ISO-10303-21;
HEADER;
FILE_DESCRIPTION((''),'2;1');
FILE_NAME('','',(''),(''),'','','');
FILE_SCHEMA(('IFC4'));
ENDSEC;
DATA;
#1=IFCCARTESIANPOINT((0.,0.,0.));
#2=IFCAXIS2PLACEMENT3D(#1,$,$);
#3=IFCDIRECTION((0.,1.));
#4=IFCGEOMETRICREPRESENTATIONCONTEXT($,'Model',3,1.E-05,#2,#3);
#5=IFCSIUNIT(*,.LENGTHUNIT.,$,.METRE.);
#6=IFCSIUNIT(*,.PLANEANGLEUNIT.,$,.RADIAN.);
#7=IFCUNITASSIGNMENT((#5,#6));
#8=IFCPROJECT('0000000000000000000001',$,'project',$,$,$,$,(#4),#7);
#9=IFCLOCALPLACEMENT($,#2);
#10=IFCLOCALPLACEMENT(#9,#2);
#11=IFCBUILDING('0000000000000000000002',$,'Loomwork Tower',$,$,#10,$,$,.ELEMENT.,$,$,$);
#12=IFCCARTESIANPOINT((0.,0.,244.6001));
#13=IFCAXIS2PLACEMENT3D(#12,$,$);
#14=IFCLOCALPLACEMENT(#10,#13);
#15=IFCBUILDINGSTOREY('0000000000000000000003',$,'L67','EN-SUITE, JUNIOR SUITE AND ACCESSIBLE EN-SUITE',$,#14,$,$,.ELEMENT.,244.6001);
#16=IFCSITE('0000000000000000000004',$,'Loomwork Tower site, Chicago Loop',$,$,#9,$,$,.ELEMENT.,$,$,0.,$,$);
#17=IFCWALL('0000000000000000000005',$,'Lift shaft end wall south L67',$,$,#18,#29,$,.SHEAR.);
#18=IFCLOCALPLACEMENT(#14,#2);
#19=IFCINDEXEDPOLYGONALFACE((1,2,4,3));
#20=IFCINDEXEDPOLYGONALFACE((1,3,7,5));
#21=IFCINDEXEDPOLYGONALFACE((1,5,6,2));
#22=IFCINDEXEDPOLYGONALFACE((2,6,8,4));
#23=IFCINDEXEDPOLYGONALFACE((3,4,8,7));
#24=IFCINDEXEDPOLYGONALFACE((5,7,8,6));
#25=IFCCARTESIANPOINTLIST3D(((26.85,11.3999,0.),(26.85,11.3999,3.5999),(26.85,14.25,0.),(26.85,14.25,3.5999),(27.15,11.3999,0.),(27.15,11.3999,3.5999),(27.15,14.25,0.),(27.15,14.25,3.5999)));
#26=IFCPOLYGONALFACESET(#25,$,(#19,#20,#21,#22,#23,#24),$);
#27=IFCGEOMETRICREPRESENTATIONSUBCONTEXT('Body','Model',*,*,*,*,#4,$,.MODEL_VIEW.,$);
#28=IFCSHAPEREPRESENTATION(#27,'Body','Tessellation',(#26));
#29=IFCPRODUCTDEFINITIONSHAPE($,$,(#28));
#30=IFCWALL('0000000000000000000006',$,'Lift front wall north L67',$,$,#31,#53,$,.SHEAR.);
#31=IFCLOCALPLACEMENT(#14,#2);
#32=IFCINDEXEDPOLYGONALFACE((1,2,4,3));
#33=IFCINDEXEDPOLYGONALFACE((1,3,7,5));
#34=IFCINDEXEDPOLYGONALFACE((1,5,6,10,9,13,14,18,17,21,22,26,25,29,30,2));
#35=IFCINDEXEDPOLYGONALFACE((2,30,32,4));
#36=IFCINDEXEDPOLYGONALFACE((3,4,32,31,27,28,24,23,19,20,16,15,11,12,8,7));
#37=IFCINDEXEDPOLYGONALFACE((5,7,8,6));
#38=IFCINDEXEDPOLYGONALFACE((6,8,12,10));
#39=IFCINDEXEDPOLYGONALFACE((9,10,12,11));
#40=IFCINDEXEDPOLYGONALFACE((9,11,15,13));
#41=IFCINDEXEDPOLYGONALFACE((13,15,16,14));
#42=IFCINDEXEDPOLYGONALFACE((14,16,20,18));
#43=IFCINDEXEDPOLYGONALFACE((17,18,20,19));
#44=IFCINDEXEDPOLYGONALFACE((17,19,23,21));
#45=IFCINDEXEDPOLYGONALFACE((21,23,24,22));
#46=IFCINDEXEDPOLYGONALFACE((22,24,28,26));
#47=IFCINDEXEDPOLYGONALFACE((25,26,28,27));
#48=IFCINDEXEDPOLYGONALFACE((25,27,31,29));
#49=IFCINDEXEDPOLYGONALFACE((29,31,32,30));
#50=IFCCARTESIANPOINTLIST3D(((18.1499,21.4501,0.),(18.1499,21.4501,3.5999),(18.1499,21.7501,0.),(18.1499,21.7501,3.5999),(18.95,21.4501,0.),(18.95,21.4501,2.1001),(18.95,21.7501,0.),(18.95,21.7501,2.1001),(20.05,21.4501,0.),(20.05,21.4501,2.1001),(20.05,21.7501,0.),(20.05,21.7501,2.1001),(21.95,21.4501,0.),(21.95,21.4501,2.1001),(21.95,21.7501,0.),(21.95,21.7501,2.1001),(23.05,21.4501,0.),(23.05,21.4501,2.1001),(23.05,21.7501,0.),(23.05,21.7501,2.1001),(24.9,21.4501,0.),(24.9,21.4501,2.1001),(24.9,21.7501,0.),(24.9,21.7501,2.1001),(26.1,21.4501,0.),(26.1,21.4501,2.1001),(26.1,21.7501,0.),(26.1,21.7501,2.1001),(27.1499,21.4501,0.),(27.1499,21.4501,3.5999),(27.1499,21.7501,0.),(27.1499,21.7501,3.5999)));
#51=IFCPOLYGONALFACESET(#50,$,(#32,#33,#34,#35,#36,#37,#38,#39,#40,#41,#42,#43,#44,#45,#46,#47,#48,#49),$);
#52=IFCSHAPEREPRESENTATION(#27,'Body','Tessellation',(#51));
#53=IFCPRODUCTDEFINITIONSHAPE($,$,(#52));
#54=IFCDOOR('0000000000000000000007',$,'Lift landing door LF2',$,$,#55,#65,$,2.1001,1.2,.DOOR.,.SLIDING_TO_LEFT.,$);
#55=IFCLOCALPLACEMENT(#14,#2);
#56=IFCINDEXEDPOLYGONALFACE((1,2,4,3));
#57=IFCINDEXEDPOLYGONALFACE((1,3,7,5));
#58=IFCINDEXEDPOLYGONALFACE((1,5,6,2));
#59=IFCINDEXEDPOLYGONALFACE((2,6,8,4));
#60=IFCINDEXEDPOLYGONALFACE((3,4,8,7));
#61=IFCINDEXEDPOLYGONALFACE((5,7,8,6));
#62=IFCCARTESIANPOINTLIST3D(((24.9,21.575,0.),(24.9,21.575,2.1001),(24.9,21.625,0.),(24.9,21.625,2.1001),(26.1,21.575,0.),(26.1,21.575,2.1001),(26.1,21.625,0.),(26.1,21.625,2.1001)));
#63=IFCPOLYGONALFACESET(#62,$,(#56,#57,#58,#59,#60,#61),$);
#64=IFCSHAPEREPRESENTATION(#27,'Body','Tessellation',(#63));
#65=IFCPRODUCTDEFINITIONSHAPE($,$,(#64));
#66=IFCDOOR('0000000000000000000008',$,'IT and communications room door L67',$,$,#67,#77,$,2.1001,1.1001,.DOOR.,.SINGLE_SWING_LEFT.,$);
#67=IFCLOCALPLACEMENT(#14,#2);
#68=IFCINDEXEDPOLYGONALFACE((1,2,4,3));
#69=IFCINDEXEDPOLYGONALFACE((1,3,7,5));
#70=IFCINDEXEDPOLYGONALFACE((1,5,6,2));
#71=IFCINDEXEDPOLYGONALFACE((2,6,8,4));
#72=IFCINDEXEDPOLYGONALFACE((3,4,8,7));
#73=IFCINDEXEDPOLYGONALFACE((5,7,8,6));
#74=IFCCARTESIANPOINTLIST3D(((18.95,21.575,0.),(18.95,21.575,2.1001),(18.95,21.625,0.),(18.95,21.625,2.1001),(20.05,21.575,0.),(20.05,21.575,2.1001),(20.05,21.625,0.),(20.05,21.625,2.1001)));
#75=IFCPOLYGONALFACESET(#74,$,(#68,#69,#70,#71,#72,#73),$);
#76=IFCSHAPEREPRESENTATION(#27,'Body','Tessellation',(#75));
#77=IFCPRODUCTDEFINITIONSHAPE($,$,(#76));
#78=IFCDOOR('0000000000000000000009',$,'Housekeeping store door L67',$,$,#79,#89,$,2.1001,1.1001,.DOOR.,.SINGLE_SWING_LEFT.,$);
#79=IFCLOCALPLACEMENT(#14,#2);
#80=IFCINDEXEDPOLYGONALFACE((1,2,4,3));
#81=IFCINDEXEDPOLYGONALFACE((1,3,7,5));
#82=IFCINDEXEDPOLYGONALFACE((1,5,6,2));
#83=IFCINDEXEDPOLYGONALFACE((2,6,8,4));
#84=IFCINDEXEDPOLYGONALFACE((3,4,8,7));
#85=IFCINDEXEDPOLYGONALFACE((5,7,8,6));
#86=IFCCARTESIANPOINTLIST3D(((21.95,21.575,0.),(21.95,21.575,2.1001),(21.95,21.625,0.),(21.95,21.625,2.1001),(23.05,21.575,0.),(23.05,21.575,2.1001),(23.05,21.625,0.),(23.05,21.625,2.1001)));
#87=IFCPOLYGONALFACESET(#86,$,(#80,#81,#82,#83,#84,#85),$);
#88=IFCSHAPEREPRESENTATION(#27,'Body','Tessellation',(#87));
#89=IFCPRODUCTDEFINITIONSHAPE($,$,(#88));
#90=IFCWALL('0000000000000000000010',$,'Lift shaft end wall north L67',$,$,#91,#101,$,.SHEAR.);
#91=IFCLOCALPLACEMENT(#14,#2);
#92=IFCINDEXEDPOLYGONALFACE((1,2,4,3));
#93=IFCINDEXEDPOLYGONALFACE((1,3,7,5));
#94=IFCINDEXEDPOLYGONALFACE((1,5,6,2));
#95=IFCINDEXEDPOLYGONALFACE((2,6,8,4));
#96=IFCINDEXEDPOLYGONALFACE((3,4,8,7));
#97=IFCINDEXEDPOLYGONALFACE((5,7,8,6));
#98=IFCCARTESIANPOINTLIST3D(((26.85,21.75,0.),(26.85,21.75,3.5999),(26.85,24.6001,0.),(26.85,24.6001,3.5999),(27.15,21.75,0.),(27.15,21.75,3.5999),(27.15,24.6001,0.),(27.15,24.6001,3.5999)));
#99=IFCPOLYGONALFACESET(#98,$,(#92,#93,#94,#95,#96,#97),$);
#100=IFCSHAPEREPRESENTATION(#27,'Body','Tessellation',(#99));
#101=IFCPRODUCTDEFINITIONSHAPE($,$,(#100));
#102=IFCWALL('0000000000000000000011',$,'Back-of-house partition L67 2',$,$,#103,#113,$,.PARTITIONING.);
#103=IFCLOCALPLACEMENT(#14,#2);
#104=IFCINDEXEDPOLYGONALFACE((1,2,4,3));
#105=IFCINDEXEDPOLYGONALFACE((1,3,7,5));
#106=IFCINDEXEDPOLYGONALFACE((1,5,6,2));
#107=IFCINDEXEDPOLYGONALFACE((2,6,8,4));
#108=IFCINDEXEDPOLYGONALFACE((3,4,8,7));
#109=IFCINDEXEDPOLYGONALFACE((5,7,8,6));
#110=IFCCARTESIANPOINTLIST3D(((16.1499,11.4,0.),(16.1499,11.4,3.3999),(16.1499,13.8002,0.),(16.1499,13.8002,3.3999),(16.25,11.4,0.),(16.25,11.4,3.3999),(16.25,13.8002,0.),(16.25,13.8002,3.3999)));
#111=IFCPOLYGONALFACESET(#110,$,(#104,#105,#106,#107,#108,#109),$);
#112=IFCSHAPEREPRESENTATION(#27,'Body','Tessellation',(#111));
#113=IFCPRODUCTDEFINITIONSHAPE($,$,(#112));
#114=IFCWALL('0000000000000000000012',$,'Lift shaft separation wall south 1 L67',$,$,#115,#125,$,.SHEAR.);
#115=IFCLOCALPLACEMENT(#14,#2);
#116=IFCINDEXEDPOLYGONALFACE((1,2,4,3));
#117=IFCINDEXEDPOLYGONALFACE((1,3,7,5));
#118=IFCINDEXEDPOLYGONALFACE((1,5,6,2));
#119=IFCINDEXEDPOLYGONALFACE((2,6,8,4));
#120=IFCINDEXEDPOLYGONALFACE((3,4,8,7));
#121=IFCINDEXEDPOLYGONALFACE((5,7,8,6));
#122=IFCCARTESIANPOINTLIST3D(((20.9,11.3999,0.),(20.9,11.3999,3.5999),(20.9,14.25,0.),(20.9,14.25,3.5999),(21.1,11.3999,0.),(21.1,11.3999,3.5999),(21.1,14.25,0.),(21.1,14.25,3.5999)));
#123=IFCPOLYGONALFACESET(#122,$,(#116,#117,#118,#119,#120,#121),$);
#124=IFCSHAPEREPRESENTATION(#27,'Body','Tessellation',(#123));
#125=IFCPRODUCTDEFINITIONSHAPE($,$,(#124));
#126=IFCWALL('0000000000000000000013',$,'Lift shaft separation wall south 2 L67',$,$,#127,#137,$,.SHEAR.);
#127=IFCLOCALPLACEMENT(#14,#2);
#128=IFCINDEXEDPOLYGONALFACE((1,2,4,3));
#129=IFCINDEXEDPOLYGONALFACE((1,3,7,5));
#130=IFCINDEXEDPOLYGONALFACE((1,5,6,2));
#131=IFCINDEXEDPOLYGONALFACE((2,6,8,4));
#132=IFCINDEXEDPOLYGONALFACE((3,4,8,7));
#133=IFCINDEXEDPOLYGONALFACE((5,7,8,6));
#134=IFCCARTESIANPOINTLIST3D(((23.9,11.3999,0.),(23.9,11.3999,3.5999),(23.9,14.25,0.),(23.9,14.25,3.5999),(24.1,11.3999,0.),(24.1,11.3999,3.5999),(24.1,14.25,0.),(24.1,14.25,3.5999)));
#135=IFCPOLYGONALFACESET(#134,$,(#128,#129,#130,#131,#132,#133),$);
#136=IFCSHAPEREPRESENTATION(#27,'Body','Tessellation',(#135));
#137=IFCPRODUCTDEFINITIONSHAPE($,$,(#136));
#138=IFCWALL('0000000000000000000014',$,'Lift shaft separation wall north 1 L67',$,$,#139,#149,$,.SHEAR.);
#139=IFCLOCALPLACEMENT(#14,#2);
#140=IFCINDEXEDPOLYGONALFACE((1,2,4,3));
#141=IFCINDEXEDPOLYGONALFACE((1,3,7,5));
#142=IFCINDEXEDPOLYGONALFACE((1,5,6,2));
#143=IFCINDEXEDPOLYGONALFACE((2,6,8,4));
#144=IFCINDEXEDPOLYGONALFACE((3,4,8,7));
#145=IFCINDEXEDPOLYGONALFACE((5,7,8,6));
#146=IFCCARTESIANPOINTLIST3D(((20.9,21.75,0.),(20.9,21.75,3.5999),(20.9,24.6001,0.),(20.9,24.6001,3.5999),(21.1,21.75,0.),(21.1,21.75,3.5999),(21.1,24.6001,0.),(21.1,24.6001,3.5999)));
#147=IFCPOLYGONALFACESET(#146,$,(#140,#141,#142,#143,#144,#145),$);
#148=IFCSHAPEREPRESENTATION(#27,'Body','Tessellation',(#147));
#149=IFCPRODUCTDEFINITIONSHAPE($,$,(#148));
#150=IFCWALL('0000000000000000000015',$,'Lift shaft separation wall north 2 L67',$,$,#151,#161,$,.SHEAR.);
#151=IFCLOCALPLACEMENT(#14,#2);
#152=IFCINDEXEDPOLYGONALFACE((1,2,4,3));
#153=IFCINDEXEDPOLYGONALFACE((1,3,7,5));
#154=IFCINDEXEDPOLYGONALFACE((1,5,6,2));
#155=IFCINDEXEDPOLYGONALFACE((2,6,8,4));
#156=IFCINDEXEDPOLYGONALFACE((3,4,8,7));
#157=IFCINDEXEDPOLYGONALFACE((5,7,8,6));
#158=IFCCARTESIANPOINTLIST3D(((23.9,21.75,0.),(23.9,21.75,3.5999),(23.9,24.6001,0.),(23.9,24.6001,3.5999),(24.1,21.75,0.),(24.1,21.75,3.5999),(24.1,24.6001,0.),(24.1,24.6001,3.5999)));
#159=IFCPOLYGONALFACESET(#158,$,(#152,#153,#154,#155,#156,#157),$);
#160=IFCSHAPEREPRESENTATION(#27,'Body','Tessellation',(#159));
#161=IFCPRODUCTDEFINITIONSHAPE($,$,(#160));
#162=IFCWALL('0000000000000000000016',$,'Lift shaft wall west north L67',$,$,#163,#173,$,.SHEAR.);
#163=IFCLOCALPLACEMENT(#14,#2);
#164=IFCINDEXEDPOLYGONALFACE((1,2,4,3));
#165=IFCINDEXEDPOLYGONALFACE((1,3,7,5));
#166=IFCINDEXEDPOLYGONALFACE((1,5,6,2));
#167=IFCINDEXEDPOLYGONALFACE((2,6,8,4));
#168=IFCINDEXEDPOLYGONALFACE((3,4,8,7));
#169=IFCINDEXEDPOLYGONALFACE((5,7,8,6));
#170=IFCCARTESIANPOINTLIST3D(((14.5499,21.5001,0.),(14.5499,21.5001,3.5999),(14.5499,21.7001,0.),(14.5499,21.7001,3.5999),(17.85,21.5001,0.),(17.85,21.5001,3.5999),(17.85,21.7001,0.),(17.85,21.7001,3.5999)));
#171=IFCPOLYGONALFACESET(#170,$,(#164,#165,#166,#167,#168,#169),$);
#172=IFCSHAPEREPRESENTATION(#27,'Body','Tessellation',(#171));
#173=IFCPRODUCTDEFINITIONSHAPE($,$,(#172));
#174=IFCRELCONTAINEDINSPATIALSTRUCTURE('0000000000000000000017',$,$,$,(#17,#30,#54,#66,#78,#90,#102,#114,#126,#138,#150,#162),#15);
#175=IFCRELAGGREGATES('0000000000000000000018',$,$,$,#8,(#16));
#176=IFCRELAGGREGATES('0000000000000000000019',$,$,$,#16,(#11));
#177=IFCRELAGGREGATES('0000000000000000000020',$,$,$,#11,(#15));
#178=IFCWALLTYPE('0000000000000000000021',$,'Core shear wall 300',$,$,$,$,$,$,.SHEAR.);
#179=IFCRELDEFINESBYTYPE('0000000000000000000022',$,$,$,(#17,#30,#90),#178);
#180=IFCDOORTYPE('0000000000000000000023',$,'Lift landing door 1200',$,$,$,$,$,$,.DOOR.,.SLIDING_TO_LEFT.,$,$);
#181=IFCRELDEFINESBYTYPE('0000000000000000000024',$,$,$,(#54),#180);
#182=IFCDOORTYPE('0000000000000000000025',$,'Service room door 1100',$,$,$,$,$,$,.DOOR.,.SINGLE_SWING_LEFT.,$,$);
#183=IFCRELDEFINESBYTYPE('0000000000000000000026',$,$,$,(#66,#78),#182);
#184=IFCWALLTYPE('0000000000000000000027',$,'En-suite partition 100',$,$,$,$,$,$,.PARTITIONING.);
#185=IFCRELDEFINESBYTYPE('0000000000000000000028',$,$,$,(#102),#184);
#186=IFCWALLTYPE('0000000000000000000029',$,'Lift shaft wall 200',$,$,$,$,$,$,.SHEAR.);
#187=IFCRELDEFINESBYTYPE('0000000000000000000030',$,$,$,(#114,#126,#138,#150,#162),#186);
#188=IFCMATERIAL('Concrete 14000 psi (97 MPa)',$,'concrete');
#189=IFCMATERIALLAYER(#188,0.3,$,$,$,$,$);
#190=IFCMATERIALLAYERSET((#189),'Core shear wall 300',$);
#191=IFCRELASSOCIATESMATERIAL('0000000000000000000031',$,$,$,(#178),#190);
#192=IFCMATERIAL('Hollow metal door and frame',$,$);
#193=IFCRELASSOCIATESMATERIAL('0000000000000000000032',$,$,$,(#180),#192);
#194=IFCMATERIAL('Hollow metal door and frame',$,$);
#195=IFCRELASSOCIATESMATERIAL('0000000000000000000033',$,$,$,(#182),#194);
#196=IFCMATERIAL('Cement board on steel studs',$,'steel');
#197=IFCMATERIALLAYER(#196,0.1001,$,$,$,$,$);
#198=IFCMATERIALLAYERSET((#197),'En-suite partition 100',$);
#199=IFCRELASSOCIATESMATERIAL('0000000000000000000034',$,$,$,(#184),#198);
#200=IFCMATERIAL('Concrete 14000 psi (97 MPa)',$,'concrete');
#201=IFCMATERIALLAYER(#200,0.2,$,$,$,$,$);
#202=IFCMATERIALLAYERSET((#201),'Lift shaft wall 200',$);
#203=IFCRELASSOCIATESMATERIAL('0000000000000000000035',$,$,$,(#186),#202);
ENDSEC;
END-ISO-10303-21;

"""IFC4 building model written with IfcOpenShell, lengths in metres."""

from ifc_helpers import new_model, si_unit, direction, frame, frame_2d, origin, place, context, subcontext, project, spatial, rectangle, extrude, material, layer, layer_set, type_object, element, fill, save


model = new_model("IFC4")

# Units and contexts
model_context = context("Model", 3, precision=1e-05, world=origin(), true_north=direction((0.0, 1.0)))
body_context = subcontext(model_context, "Body", "Model", "MODEL_VIEW")
ifc_project = project(units=[si_unit("LENGTHUNIT", "METRE"), si_unit("PLANEANGLEUNIT", "RADIAN")], contexts=[model_context])

# Site, building, storey
site_placement = place(None, origin())
site = spatial("IfcSite", under=ifc_project, at=site_placement, Name="Loomwork Tower site, Chicago Loop", CompositionType="ELEMENT", RefElevation=0.0)
building_placement = place(site_placement, origin())
building = spatial("IfcBuilding", under=site, at=building_placement, Name="Loomwork Tower", CompositionType="ELEMENT")
storey_placement = place(building_placement, frame((0.0, 0.0, 244.6001)))
storey = spatial("IfcBuildingStorey", under=building, at=storey_placement, Name="L67", Description="EN-SUITE, JUNIOR SUITE AND ACCESSIBLE EN-SUITE", CompositionType="ELEMENT", Elevation=244.6001)

# Shared definitions
ifc_material_1 = material(Name="Concrete 14000 psi (97 MPa)", Category="concrete")
ifc_layer_1 = layer(ifc_material_1, 0.3)
ifc_layer_set_1 = layer_set([ifc_layer_1], Name="Core shear wall 300")
wall_type_1 = type_object("IfcWallType", Name="Core shear wall 300", PredefinedType="SHEAR", material=ifc_layer_set_1)
ifc_material_2 = material(Name="Hollow metal door and frame")
door_type_1 = type_object("IfcDoorType", Name="Lift landing door 1200", OperationType="SLIDING_TO_LEFT", PredefinedType="DOOR", material=ifc_material_2)
ifc_material_3 = material(Name="Hollow metal door and frame")
door_type_2 = type_object("IfcDoorType", Name="Service room door 1100", OperationType="SINGLE_SWING_LEFT", PredefinedType="DOOR", material=ifc_material_3)

# Wall
wall_1_placement = place(storey_placement, frame((27.0, 11.3999, 0.0), z_axis=(0.0, 0.0, 1.0), x_axis=(0.0, 1.0, 0.0)))
element("IfcWall", 1, at=wall_1_placement, inside=storey, type_object=wall_type_1, Name="Lift shaft end wall south L67", PredefinedType="SHEAR", context=body_context, shape_type="SweptSolid", body=[
    extrude(rectangle(XDim=2.8501, YDim=0.3, at=frame_2d((1.425, 0.0))), origin(), (0.0, 0.0, 1.0), 3.5999),
])

# Wall, openings, doors
wall_2_placement = place(storey_placement, frame((18.1499, 21.6001, 0.0), z_axis=(0.0, 0.0, 1.0), x_axis=(1.0, 0.0, 0.0)))
wall_2 = element("IfcWall", 2, at=wall_2_placement, inside=storey, type_object=wall_type_1, Name="Lift front wall north L67", PredefinedType="SHEAR", context=body_context, shape_type="SweptSolid", body=[
    extrude(rectangle(XDim=9.0, YDim=0.3, at=frame_2d((4.5, 0.0))), origin(), (0.0, 0.0, 1.0), 3.5999),
])
opening_1_placement = place(wall_2_placement, frame((6.75, 0.0, 0.0)))
opening_1 = element("IfcOpeningElement", 3, at=opening_1_placement, cuts=wall_2, PredefinedType="OPENING", context=body_context, shape_type="SweptSolid", body=[
    extrude(rectangle(XDim=1.2, YDim=2.1001, at=frame_2d((0.6001, 1.05))), frame((0.0, 0.1599, 0.0), z_axis=(0.0, -1.0, 0.0), x_axis=(1.0, 0.0, 0.0)), (0.0, 0.0, 1.0), 0.3201),
])
opening_2_placement = place(wall_2_placement, frame((0.8, 0.0, 0.0)))
opening_2 = element("IfcOpeningElement", 4, at=opening_2_placement, cuts=wall_2, PredefinedType="OPENING", context=body_context, shape_type="SweptSolid", body=[
    extrude(rectangle(XDim=1.1001, YDim=2.1001, at=frame_2d((0.55, 1.05))), frame((0.0, 0.1599, 0.0), z_axis=(0.0, -1.0, 0.0), x_axis=(1.0, 0.0, 0.0)), (0.0, 0.0, 1.0), 0.3201),
])
opening_3_placement = place(wall_2_placement, frame((3.8, 0.0, 0.0)))
opening_3 = element("IfcOpeningElement", 5, at=opening_3_placement, cuts=wall_2, PredefinedType="OPENING", context=body_context, shape_type="SweptSolid", body=[
    extrude(rectangle(XDim=1.1001, YDim=2.1001, at=frame_2d((0.55, 1.05))), frame((0.0, 0.1599, 0.0), z_axis=(0.0, -1.0, 0.0), x_axis=(1.0, 0.0, 0.0)), (0.0, 0.0, 1.0), 0.3201),
])
door_1_placement = place(opening_1_placement, origin())
door_1 = element("IfcDoor", 6, at=door_1_placement, inside=storey, type_object=door_type_1, Name="Lift landing door LF2", OperationType="SLIDING_TO_LEFT", OverallHeight=2.1001, OverallWidth=1.2, PredefinedType="DOOR", context=body_context, shape_type="SweptSolid", body=[
    extrude(rectangle(XDim=1.2, YDim=2.1001, at=frame_2d((0.6001, 1.05))), frame((0.0, 0.0249, 0.0), z_axis=(0.0, -1.0, 0.0), x_axis=(1.0, 0.0, 0.0)), (0.0, 0.0, 1.0), 0.05),
])
fill(opening_1, door_1)
door_2_placement = place(opening_2_placement, origin())
door_2 = element("IfcDoor", 7, at=door_2_placement, inside=storey, type_object=door_type_2, Name="IT and communications room door L67", OperationType="SINGLE_SWING_LEFT", OverallHeight=2.1001, OverallWidth=1.1001, PredefinedType="DOOR", context=body_context, shape_type="SweptSolid", body=[
    extrude(rectangle(XDim=1.1001, YDim=2.1001, at=frame_2d((0.55, 1.05))), frame((0.0, 0.0249, 0.0), z_axis=(0.0, -1.0, 0.0), x_axis=(1.0, 0.0, 0.0)), (0.0, 0.0, 1.0), 0.05),
])
fill(opening_2, door_2)
door_3_placement = place(opening_3_placement, origin())
door_3 = element("IfcDoor", 8, at=door_3_placement, inside=storey, type_object=door_type_2, Name="Housekeeping store door L67", OperationType="SINGLE_SWING_LEFT", OverallHeight=2.1001, OverallWidth=1.1001, PredefinedType="DOOR", context=body_context, shape_type="SweptSolid", body=[
    extrude(rectangle(XDim=1.1001, YDim=2.1001, at=frame_2d((0.55, 1.05))), frame((0.0, 0.0249, 0.0), z_axis=(0.0, -1.0, 0.0), x_axis=(1.0, 0.0, 0.0)), (0.0, 0.0, 1.0), 0.05),
])
fill(opening_3, door_3)

# Walls
wall_3_placement = place(storey_placement, frame((27.0, 21.75, 0.0), z_axis=(0.0, 0.0, 1.0), x_axis=(0.0, 1.0, 0.0)))
element("IfcWall", 9, at=wall_3_placement, inside=storey, type_object=wall_type_1, Name="Lift shaft end wall north L67", PredefinedType="SHEAR", context=body_context, shape_type="SweptSolid", body=[
    extrude(rectangle(XDim=2.8501, YDim=0.3, at=frame_2d((1.425, 0.0))), origin(), (0.0, 0.0, 1.0), 3.5999),
])
ifc_material_4 = material(Name="Cement board on steel studs", Category="steel")
ifc_layer_2 = layer(ifc_material_4, 0.1001)
ifc_layer_set_2 = layer_set([ifc_layer_2], Name="En-suite partition 100")
wall_type_2 = type_object("IfcWallType", Name="En-suite partition 100", PredefinedType="PARTITIONING", material=ifc_layer_set_2)
wall_4_placement = place(storey_placement, frame((16.2, 11.3999, 0.0), z_axis=(0.0, 0.0, 1.0), x_axis=(0.0, 1.0, 0.0)))
element("IfcWall", 10, at=wall_4_placement, inside=storey, type_object=wall_type_2, Name="Back-of-house partition L67 2", PredefinedType="PARTITIONING", context=body_context, shape_type="SweptSolid", body=[
    extrude(rectangle(XDim=2.4001, YDim=0.1001, at=frame_2d((1.2002, 0.0))), origin(), (0.0, 0.0, 1.0), 3.3999),
])
ifc_material_5 = material(Name="Concrete 14000 psi (97 MPa)", Category="concrete")
ifc_layer_3 = layer(ifc_material_5, 0.2)
ifc_layer_set_3 = layer_set([ifc_layer_3], Name="Lift shaft wall 200")
wall_type_3 = type_object("IfcWallType", Name="Lift shaft wall 200", PredefinedType="SHEAR", material=ifc_layer_set_3)
for number, where, z_axis, x_axis, name in (
    (11, (21.0, 11.3999, 0.0), (0.0, 0.0, 1.0), (0.0, 1.0, 0.0), "Lift shaft separation wall south 1 L67"),
    (12, (24.0, 11.3999, 0.0), (0.0, 0.0, 1.0), (0.0, 1.0, 0.0), "Lift shaft separation wall south 2 L67"),
    (13, (21.0, 21.75, 0.0), (0.0, 0.0, 1.0), (0.0, 1.0, 0.0), "Lift shaft separation wall north 1 L67"),
    (14, (24.0, 21.75, 0.0), (0.0, 0.0, 1.0), (0.0, 1.0, 0.0), "Lift shaft separation wall north 2 L67"),
):
    element("IfcWall", number, at=place(storey_placement, frame(where, z_axis=z_axis, x_axis=x_axis)), inside=storey, type_object=wall_type_3, Name=name, PredefinedType="SHEAR", context=body_context, shape_type="SweptSolid", body=[
        extrude(rectangle(XDim=2.8501, YDim=0.2, at=frame_2d((1.425, 0.0))), origin(), (0.0, 0.0, 1.0), 3.5999),
    ])
wall_5_placement = place(storey_placement, frame((14.55, 21.6001, 0.0), z_axis=(0.0, 0.0, 1.0), x_axis=(1.0, 0.0, 0.0)))
element("IfcWall", 15, at=wall_5_placement, inside=storey, type_object=wall_type_3, Name="Lift shaft wall west north L67", PredefinedType="SHEAR", context=body_context, shape_type="SweptSolid", body=[
    extrude(rectangle(XDim=3.3, YDim=0.2, at=frame_2d((1.6499, 0.0))), origin(), (0.0, 0.0, 1.0), 3.5999),
])

save(model, "model.ifc")
